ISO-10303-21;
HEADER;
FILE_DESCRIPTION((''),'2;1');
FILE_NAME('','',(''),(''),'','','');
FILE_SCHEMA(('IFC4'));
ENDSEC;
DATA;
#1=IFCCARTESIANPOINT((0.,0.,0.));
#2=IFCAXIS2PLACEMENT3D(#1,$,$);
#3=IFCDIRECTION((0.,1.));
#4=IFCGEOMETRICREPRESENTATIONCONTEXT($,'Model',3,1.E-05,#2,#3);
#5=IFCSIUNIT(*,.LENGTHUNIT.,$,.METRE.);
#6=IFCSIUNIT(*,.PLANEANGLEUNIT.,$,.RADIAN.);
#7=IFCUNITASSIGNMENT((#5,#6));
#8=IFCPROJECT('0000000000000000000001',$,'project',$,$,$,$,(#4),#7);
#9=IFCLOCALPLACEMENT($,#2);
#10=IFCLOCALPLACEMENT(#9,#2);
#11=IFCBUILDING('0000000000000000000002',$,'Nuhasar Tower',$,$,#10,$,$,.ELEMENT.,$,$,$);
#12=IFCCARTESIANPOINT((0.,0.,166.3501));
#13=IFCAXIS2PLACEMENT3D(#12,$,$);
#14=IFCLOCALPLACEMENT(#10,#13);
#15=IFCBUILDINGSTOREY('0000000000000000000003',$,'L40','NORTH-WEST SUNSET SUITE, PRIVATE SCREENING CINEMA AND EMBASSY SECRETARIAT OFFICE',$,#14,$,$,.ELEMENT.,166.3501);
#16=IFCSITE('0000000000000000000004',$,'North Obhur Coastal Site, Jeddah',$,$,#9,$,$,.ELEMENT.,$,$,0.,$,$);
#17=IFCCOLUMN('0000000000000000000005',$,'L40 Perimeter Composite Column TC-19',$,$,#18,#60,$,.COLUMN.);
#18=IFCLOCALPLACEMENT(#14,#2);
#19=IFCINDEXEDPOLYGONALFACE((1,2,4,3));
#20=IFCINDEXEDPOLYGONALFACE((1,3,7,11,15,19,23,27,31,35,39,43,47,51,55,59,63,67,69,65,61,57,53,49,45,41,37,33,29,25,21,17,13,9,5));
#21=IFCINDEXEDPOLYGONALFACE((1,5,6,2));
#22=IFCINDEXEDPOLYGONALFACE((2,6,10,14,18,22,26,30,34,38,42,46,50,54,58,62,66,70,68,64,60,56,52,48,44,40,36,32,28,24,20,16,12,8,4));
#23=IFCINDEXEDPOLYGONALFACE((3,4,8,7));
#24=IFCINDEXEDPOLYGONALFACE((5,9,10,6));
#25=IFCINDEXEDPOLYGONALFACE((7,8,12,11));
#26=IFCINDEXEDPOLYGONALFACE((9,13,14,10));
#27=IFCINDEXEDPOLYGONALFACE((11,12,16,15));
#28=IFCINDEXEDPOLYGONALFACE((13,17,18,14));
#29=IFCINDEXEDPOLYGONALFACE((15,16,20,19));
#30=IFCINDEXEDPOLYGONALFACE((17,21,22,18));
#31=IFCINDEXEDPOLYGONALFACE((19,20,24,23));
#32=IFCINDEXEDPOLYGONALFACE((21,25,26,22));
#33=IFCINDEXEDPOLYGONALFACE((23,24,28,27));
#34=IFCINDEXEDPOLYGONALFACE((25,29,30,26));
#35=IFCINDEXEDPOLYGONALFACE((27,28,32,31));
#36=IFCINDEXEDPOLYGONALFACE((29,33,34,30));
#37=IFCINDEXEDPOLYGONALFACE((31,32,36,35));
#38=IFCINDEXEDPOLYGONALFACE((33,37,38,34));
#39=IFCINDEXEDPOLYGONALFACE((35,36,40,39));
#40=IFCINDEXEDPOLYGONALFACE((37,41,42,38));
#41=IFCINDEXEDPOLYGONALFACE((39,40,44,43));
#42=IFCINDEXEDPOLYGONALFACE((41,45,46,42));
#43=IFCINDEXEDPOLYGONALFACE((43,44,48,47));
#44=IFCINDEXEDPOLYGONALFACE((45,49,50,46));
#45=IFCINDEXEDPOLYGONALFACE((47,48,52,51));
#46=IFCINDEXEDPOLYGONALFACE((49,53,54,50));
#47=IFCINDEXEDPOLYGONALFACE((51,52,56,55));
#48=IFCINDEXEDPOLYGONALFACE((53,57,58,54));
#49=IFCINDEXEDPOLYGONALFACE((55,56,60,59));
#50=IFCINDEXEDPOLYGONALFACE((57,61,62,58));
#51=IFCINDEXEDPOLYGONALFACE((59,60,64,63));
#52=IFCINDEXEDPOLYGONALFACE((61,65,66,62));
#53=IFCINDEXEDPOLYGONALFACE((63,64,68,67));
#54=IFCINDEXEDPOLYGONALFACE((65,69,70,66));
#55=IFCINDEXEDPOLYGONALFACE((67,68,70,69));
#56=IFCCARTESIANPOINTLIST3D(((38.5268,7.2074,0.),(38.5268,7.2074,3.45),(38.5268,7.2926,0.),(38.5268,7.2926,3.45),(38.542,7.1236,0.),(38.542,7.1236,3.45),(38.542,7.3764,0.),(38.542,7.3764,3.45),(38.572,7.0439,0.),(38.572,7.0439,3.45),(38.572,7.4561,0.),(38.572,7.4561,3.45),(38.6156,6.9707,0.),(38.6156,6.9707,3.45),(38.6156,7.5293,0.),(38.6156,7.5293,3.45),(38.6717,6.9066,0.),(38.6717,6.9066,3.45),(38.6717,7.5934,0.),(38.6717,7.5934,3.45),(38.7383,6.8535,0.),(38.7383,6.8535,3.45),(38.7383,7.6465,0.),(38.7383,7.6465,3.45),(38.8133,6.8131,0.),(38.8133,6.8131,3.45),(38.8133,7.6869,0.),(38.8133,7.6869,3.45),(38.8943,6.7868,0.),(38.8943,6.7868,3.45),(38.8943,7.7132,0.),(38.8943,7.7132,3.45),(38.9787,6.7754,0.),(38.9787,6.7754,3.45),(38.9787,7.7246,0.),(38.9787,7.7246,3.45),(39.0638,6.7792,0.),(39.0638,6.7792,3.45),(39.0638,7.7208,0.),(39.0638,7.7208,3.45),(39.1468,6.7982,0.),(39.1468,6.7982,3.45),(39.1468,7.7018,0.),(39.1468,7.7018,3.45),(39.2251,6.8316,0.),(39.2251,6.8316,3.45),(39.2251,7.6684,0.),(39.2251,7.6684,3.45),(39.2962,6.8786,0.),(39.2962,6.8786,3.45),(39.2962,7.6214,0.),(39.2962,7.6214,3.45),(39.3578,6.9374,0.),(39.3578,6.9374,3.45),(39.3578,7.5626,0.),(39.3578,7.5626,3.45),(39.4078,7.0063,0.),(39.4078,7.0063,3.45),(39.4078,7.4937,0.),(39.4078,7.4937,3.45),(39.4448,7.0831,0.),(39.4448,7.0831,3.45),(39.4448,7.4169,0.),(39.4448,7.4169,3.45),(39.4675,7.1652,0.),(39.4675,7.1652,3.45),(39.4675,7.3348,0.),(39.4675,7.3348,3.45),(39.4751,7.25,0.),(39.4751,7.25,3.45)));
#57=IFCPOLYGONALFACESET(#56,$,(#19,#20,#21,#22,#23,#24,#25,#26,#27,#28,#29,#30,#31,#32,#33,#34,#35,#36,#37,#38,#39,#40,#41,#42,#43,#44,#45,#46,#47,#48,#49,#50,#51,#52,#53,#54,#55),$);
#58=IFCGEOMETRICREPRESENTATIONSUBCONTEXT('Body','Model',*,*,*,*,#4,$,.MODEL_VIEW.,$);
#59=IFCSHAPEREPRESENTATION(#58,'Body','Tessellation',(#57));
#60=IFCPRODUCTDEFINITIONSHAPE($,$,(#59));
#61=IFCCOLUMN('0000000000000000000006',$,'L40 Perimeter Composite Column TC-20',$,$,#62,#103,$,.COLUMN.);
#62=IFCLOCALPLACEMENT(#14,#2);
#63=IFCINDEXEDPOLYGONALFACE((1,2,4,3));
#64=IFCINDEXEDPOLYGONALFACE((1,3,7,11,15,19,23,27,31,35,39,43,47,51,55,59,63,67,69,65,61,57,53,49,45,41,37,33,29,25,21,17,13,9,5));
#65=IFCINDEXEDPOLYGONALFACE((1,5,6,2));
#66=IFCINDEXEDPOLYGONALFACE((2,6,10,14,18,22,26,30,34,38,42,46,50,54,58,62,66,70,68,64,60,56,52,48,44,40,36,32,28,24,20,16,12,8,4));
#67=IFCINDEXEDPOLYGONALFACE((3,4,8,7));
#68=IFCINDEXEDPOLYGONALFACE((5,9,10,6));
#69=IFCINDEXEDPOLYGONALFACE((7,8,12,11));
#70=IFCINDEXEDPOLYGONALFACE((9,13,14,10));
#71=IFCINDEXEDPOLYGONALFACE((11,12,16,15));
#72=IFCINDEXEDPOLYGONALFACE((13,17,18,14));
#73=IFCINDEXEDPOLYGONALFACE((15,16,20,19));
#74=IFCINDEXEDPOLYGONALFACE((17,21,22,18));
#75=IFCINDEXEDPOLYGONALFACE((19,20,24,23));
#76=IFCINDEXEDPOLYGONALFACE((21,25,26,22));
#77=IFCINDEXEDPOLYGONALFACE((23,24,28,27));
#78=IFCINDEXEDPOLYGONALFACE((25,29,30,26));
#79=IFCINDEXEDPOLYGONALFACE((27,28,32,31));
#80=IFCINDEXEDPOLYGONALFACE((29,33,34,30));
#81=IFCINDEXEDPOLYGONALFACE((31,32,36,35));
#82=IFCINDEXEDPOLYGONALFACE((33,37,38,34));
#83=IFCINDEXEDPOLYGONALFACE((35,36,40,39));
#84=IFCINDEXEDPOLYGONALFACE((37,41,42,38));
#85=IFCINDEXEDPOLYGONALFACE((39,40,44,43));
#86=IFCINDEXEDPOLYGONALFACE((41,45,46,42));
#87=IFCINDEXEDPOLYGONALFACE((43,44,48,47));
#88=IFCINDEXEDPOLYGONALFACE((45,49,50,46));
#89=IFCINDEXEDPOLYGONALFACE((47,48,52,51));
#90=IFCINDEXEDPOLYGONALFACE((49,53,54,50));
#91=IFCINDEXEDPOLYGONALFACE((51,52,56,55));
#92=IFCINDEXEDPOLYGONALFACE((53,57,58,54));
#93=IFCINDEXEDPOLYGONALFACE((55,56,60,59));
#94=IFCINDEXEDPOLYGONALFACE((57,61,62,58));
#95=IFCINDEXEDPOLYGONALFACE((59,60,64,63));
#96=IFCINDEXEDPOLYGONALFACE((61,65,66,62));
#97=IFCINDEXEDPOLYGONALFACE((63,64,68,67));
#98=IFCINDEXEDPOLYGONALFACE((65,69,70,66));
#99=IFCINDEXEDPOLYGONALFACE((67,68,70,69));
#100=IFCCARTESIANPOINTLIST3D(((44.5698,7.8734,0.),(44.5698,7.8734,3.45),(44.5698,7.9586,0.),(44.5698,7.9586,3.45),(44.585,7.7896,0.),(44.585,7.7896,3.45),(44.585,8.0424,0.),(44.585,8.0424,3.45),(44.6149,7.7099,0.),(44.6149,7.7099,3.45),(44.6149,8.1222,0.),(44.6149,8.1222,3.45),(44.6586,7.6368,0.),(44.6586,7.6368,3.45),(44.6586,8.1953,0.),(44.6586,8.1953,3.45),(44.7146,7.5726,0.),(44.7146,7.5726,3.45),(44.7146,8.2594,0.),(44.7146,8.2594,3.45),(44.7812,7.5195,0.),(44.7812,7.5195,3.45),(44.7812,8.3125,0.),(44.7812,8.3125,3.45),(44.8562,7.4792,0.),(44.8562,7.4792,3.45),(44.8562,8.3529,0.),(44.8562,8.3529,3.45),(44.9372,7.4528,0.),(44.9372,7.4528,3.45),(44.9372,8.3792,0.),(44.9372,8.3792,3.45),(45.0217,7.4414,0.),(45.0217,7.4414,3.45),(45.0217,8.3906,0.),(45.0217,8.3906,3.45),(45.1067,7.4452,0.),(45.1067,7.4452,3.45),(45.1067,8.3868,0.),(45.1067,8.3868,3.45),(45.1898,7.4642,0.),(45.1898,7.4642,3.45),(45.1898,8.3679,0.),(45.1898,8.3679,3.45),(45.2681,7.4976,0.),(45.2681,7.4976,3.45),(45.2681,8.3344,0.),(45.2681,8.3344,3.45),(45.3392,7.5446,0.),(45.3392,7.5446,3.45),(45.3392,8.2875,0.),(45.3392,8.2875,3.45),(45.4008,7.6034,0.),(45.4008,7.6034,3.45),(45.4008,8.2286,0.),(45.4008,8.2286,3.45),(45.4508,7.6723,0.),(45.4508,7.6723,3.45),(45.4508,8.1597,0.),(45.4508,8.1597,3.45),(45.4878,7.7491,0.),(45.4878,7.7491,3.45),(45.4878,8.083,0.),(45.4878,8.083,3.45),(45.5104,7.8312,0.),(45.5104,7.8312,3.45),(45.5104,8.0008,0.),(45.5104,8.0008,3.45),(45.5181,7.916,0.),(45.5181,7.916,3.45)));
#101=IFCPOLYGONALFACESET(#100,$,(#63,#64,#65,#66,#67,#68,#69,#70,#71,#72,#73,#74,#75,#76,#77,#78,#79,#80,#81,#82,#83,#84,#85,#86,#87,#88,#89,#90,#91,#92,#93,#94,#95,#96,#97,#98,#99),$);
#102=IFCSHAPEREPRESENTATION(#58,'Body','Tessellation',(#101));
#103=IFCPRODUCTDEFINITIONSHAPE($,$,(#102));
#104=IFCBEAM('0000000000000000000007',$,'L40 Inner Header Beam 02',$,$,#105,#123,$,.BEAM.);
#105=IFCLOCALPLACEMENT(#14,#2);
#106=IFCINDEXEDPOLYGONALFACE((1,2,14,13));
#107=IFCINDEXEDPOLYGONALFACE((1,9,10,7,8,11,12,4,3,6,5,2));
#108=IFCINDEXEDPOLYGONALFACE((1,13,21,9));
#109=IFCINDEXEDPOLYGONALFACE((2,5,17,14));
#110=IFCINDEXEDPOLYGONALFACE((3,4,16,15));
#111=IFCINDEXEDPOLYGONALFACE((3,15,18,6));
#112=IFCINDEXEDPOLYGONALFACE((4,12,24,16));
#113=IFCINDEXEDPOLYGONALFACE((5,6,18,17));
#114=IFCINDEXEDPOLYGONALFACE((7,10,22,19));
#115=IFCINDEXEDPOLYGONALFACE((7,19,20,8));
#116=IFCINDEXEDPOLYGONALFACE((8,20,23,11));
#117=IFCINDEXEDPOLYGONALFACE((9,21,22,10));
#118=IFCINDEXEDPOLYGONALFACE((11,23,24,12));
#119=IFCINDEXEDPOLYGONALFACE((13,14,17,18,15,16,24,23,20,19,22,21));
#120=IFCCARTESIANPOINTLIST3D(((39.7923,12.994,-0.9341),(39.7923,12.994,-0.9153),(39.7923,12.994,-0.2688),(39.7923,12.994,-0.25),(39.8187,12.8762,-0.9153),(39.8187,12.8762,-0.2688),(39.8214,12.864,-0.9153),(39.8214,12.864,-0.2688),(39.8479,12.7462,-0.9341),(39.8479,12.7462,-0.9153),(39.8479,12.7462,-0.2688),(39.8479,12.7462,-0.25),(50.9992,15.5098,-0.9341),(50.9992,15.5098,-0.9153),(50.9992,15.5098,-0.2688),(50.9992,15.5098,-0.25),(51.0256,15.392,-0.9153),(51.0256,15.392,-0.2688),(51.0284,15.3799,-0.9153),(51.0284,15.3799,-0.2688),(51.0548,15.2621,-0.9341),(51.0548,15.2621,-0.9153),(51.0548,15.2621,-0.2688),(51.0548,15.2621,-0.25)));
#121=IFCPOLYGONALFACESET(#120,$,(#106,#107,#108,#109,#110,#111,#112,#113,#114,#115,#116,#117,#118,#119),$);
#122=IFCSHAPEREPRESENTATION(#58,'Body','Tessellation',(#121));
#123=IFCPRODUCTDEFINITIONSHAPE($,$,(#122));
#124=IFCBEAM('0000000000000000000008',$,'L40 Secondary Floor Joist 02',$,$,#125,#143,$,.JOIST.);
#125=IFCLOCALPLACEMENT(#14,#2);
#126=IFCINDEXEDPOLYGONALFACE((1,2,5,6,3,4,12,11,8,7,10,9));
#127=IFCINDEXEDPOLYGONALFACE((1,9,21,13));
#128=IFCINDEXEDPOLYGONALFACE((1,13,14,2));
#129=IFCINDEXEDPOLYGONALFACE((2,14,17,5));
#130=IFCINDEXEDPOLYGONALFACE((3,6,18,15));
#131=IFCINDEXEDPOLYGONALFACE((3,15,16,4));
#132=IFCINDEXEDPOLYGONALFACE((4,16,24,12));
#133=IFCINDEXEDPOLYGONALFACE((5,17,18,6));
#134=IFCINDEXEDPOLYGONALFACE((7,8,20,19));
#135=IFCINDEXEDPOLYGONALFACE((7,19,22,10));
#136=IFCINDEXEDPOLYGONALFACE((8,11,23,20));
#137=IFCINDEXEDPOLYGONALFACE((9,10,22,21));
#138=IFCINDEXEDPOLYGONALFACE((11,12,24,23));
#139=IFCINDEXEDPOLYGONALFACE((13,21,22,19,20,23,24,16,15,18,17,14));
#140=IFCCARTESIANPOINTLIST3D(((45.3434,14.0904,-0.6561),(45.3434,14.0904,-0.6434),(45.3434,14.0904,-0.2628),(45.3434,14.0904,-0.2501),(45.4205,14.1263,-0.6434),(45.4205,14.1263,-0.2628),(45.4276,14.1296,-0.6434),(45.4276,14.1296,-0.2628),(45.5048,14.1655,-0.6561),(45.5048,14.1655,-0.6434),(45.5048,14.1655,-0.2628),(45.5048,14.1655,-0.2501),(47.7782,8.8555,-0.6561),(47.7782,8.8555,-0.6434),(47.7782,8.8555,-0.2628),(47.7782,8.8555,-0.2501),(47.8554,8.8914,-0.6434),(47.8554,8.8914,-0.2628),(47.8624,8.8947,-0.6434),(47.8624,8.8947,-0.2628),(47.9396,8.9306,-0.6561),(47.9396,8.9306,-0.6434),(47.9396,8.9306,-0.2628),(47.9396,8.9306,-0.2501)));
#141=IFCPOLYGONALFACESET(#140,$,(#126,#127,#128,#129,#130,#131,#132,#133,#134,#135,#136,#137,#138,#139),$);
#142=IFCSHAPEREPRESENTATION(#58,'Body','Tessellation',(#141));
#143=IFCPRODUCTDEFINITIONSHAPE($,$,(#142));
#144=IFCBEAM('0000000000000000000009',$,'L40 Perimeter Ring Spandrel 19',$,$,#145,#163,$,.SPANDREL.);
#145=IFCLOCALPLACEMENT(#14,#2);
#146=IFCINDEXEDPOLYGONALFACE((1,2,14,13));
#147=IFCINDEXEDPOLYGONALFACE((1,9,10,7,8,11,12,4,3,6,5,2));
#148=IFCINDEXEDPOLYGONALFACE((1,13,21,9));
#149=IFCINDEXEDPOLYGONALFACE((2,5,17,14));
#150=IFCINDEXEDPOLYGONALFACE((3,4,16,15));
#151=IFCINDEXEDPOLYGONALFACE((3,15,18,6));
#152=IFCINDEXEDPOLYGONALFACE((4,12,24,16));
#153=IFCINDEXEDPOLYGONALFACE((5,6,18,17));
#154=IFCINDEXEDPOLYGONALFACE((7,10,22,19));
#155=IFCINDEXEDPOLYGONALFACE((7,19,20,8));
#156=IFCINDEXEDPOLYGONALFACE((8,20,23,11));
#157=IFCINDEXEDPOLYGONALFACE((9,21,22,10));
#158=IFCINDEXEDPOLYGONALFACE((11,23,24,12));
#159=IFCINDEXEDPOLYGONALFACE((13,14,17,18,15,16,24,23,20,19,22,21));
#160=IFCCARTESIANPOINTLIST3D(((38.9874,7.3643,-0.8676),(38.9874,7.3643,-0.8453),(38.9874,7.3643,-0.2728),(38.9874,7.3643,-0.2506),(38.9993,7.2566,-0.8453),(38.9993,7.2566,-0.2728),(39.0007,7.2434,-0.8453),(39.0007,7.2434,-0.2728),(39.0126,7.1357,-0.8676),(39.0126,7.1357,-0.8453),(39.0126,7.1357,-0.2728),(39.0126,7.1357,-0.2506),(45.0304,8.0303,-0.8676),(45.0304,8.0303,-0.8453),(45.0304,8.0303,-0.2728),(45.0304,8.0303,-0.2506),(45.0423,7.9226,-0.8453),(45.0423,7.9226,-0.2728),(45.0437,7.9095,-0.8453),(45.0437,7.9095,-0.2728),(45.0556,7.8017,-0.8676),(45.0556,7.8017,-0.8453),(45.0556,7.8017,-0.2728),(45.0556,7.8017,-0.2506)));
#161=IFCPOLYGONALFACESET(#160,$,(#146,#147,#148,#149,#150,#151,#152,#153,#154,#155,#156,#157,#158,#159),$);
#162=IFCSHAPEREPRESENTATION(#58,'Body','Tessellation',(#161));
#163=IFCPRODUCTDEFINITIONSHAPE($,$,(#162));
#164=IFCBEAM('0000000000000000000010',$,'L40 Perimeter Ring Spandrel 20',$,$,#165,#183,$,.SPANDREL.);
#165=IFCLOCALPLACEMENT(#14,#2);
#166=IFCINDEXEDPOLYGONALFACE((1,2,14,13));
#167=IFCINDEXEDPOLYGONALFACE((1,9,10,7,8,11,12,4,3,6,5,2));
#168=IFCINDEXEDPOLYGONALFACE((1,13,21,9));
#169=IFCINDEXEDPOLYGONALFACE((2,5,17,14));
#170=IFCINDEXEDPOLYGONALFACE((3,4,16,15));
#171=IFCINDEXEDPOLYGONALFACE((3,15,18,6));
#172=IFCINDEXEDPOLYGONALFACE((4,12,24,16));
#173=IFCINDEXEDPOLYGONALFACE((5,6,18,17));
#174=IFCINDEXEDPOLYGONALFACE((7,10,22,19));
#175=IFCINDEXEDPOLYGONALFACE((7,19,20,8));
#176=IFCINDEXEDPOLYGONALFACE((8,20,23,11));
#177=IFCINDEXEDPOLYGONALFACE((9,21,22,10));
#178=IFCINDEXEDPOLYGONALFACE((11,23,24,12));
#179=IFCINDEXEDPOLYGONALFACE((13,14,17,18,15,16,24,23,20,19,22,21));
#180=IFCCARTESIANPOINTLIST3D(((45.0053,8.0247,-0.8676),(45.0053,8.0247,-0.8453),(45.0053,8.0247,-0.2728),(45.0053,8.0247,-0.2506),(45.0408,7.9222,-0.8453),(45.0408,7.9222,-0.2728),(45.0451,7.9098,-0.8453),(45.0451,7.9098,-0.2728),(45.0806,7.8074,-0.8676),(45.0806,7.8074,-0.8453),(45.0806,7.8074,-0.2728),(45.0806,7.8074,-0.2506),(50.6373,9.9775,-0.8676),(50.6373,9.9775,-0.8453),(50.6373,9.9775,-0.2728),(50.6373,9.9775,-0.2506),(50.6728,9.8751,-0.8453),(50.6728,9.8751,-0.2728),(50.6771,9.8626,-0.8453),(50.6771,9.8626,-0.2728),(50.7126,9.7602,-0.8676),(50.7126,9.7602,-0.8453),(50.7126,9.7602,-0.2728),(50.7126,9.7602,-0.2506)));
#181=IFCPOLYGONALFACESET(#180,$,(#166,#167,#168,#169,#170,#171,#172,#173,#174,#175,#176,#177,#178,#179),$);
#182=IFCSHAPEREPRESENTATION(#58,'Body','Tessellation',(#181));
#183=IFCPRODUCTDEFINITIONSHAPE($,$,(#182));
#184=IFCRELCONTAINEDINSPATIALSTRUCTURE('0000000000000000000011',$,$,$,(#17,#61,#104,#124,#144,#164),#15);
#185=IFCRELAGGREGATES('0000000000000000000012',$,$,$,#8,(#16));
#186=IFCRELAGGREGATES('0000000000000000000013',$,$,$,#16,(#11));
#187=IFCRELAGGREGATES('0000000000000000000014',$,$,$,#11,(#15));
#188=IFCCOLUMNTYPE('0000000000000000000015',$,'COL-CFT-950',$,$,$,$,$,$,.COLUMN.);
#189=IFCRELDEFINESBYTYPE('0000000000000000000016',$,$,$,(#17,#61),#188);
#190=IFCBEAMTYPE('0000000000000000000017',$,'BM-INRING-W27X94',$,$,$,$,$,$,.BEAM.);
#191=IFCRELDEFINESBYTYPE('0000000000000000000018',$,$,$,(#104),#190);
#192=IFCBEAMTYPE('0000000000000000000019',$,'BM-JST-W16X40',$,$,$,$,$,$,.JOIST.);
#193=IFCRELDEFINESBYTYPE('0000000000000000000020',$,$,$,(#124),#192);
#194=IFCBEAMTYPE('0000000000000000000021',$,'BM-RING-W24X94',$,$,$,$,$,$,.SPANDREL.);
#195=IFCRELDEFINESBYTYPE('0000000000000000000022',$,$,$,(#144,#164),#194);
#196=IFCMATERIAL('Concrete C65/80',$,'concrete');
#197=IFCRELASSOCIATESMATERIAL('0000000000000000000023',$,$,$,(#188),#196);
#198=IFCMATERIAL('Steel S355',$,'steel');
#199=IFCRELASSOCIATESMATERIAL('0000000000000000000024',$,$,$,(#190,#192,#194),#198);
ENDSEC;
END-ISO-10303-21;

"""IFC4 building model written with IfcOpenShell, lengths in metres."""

from ifc_helpers import new_model, si_unit, direction, frame, origin, origin_2d, place, context, subcontext, project, spatial, circle, i_section, extrude, material, material_profile, profile_set, type_object, element, save


model = new_model("IFC4")

# Units and contexts
model_context = context("Model", 3, precision=1e-05, world=origin(), true_north=direction((0.0, 1.0)))
body_context = subcontext(model_context, "Body", "Model", "MODEL_VIEW")
ifc_project = project(units=[si_unit("LENGTHUNIT", "METRE"), si_unit("PLANEANGLEUNIT", "RADIAN")], contexts=[model_context])

# Site, building, storey
site_placement = place(None, origin())
site = spatial("IfcSite", under=ifc_project, at=site_placement, Name="North Obhur Coastal Site, Jeddah", CompositionType="ELEMENT", RefElevation=0.0)
building_placement = place(site_placement, origin())
building = spatial("IfcBuilding", under=site, at=building_placement, Name="Nuhasar Tower", CompositionType="ELEMENT")
storey_placement = place(building_placement, frame((0.0, 0.0, 166.3501)))
storey = spatial("IfcBuildingStorey", under=building, at=storey_placement, Name="L40", Description="NORTH-WEST SUNSET SUITE, PRIVATE SCREENING CINEMA AND EMBASSY SECRETARIAT OFFICE", CompositionType="ELEMENT", Elevation=166.3501)

# Columns
ifc_material_1 = material(Name="Concrete C65/80", Category="concrete")
ifc_material_profile_1 = material_profile(ifc_material_1, circle(Radius=0.4751, at=origin_2d()), Name="CFT950")
ifc_profile_set_1 = profile_set([ifc_material_profile_1], Name="Concrete C65/80")
column_type = type_object("IfcColumnType", Name="COL-CFT-950", PredefinedType="COLUMN", material=ifc_profile_set_1)
for number, where, z_axis, x_axis, name in (
    (1, (39.0, 7.25, 0.0), (0.0, 0.0, 1.0), (1.0, 0.0, 0.0), "L40 Perimeter Composite Column TC-19"),
    (2, (45.043, 7.916, 0.0), (0.0, 0.0, 1.0), (1.0, 0.0, 0.0), "L40 Perimeter Composite Column TC-20"),
):
    element("IfcColumn", number, at=place(storey_placement, frame(where, z_axis=z_axis, x_axis=x_axis)), inside=storey, type_object=column_type, Name=name, PredefinedType="COLUMN", context=body_context, shape_type="SweptSolid", body=[
        extrude(circle(Radius=0.4751, at=origin_2d()), origin(), (0.0, 0.0, 1.0), 3.45),
    ])

# Beams
ifc_material_2 = material(Name="Steel S355", Category="steel")
ifc_material_profile_2 = material_profile(ifc_material_2, i_section(OverallWidth=0.2539, OverallDepth=0.6841, WebThickness=0.0125, FlangeThickness=0.0188, at=origin_2d()), Name="W27X94")
ifc_profile_set_2 = profile_set([ifc_material_profile_2], Name="Steel S355")
beam_type_1 = type_object("IfcBeamType", Name="BM-INRING-W27X94", PredefinedType="BEAM", material=ifc_profile_set_2)
beam_1_placement = place(storey_placement, frame((39.8201, 12.8701, -0.592), z_axis=(0.975716, 0.219039, 0.0), x_axis=(-0.219039, 0.975716, 0.0)))
element("IfcBeam", 3, at=beam_1_placement, inside=storey, type_object=beam_type_1, Name="L40 Inner Header Beam 02", PredefinedType="BEAM", context=body_context, shape_type="SweptSolid", body=[
    extrude(i_section(OverallWidth=0.2539, OverallDepth=0.6841, WebThickness=0.0125, FlangeThickness=0.0188, at=origin_2d()), origin(), (0.0, 0.0, 1.0), 11.4858),
])
ifc_material_profile_3 = material_profile(ifc_material_2, i_section(OverallWidth=0.178, OverallDepth=0.406, WebThickness=0.0078, FlangeThickness=0.0127, at=origin_2d()), Name="W16X40")
ifc_profile_set_3 = profile_set([ifc_material_profile_3], Name="Steel S355")
beam_type_2 = type_object("IfcBeamType", Name="BM-JST-W16X40", PredefinedType="JOIST", material=ifc_profile_set_3)
beam_2_placement = place(storey_placement, frame((45.4241, 14.1279, -0.4531), z_axis=(0.42173, -0.906721, 0.0), x_axis=(0.906721, 0.42173, 0.0)))
element("IfcBeam", 4, at=beam_2_placement, inside=storey, type_object=beam_type_2, Name="L40 Secondary Floor Joist 02", PredefinedType="JOIST", context=body_context, shape_type="SweptSolid", body=[
    extrude(i_section(OverallWidth=0.178, OverallDepth=0.406, WebThickness=0.0078, FlangeThickness=0.0127, at=origin_2d()), origin(), (0.0, 0.0, 1.0), 5.7734),
])
ifc_material_profile_4 = material_profile(ifc_material_2, i_section(OverallWidth=0.23, OverallDepth=0.6169, WebThickness=0.0132, FlangeThickness=0.0222, at=origin_2d()), Name="W24X94")
ifc_profile_set_4 = profile_set([ifc_material_profile_4], Name="Steel S355")
beam_type_3 = type_object("IfcBeamType", Name="BM-RING-W24X94", PredefinedType="SPANDREL", material=ifc_profile_set_4)
beam_3_placement = place(storey_placement, frame((39.0, 7.25, -0.5591), z_axis=(0.993981, 0.10955, 0.0), x_axis=(-0.10955, 0.993981, 0.0)))
element("IfcBeam", 5, at=beam_3_placement, inside=storey, type_object=beam_type_3, Name="L40 Perimeter Ring Spandrel 19", PredefinedType="SPANDREL", context=body_context, shape_type="SweptSolid", body=[
    extrude(i_section(OverallWidth=0.23, OverallDepth=0.6169, WebThickness=0.0132, FlangeThickness=0.0222, at=origin_2d()), origin(), (0.0, 0.0, 1.0), 6.0796),
])
beam_4_placement = place(storey_placement, frame((45.043, 7.916, -0.5591), z_axis=(0.944814, 0.327607, 0.0), x_axis=(-0.327607, 0.944814, 0.0)))
element("IfcBeam", 6, at=beam_4_placement, inside=storey, type_object=beam_type_3, Name="L40 Perimeter Ring Spandrel 20", PredefinedType="SPANDREL", context=body_context, shape_type="SweptSolid", body=[
    extrude(i_section(OverallWidth=0.23, OverallDepth=0.6169, WebThickness=0.0132, FlangeThickness=0.0222, at=origin_2d()), origin(), (0.0, 0.0, 1.0), 5.9609),
])

save(model, "model.ifc")
